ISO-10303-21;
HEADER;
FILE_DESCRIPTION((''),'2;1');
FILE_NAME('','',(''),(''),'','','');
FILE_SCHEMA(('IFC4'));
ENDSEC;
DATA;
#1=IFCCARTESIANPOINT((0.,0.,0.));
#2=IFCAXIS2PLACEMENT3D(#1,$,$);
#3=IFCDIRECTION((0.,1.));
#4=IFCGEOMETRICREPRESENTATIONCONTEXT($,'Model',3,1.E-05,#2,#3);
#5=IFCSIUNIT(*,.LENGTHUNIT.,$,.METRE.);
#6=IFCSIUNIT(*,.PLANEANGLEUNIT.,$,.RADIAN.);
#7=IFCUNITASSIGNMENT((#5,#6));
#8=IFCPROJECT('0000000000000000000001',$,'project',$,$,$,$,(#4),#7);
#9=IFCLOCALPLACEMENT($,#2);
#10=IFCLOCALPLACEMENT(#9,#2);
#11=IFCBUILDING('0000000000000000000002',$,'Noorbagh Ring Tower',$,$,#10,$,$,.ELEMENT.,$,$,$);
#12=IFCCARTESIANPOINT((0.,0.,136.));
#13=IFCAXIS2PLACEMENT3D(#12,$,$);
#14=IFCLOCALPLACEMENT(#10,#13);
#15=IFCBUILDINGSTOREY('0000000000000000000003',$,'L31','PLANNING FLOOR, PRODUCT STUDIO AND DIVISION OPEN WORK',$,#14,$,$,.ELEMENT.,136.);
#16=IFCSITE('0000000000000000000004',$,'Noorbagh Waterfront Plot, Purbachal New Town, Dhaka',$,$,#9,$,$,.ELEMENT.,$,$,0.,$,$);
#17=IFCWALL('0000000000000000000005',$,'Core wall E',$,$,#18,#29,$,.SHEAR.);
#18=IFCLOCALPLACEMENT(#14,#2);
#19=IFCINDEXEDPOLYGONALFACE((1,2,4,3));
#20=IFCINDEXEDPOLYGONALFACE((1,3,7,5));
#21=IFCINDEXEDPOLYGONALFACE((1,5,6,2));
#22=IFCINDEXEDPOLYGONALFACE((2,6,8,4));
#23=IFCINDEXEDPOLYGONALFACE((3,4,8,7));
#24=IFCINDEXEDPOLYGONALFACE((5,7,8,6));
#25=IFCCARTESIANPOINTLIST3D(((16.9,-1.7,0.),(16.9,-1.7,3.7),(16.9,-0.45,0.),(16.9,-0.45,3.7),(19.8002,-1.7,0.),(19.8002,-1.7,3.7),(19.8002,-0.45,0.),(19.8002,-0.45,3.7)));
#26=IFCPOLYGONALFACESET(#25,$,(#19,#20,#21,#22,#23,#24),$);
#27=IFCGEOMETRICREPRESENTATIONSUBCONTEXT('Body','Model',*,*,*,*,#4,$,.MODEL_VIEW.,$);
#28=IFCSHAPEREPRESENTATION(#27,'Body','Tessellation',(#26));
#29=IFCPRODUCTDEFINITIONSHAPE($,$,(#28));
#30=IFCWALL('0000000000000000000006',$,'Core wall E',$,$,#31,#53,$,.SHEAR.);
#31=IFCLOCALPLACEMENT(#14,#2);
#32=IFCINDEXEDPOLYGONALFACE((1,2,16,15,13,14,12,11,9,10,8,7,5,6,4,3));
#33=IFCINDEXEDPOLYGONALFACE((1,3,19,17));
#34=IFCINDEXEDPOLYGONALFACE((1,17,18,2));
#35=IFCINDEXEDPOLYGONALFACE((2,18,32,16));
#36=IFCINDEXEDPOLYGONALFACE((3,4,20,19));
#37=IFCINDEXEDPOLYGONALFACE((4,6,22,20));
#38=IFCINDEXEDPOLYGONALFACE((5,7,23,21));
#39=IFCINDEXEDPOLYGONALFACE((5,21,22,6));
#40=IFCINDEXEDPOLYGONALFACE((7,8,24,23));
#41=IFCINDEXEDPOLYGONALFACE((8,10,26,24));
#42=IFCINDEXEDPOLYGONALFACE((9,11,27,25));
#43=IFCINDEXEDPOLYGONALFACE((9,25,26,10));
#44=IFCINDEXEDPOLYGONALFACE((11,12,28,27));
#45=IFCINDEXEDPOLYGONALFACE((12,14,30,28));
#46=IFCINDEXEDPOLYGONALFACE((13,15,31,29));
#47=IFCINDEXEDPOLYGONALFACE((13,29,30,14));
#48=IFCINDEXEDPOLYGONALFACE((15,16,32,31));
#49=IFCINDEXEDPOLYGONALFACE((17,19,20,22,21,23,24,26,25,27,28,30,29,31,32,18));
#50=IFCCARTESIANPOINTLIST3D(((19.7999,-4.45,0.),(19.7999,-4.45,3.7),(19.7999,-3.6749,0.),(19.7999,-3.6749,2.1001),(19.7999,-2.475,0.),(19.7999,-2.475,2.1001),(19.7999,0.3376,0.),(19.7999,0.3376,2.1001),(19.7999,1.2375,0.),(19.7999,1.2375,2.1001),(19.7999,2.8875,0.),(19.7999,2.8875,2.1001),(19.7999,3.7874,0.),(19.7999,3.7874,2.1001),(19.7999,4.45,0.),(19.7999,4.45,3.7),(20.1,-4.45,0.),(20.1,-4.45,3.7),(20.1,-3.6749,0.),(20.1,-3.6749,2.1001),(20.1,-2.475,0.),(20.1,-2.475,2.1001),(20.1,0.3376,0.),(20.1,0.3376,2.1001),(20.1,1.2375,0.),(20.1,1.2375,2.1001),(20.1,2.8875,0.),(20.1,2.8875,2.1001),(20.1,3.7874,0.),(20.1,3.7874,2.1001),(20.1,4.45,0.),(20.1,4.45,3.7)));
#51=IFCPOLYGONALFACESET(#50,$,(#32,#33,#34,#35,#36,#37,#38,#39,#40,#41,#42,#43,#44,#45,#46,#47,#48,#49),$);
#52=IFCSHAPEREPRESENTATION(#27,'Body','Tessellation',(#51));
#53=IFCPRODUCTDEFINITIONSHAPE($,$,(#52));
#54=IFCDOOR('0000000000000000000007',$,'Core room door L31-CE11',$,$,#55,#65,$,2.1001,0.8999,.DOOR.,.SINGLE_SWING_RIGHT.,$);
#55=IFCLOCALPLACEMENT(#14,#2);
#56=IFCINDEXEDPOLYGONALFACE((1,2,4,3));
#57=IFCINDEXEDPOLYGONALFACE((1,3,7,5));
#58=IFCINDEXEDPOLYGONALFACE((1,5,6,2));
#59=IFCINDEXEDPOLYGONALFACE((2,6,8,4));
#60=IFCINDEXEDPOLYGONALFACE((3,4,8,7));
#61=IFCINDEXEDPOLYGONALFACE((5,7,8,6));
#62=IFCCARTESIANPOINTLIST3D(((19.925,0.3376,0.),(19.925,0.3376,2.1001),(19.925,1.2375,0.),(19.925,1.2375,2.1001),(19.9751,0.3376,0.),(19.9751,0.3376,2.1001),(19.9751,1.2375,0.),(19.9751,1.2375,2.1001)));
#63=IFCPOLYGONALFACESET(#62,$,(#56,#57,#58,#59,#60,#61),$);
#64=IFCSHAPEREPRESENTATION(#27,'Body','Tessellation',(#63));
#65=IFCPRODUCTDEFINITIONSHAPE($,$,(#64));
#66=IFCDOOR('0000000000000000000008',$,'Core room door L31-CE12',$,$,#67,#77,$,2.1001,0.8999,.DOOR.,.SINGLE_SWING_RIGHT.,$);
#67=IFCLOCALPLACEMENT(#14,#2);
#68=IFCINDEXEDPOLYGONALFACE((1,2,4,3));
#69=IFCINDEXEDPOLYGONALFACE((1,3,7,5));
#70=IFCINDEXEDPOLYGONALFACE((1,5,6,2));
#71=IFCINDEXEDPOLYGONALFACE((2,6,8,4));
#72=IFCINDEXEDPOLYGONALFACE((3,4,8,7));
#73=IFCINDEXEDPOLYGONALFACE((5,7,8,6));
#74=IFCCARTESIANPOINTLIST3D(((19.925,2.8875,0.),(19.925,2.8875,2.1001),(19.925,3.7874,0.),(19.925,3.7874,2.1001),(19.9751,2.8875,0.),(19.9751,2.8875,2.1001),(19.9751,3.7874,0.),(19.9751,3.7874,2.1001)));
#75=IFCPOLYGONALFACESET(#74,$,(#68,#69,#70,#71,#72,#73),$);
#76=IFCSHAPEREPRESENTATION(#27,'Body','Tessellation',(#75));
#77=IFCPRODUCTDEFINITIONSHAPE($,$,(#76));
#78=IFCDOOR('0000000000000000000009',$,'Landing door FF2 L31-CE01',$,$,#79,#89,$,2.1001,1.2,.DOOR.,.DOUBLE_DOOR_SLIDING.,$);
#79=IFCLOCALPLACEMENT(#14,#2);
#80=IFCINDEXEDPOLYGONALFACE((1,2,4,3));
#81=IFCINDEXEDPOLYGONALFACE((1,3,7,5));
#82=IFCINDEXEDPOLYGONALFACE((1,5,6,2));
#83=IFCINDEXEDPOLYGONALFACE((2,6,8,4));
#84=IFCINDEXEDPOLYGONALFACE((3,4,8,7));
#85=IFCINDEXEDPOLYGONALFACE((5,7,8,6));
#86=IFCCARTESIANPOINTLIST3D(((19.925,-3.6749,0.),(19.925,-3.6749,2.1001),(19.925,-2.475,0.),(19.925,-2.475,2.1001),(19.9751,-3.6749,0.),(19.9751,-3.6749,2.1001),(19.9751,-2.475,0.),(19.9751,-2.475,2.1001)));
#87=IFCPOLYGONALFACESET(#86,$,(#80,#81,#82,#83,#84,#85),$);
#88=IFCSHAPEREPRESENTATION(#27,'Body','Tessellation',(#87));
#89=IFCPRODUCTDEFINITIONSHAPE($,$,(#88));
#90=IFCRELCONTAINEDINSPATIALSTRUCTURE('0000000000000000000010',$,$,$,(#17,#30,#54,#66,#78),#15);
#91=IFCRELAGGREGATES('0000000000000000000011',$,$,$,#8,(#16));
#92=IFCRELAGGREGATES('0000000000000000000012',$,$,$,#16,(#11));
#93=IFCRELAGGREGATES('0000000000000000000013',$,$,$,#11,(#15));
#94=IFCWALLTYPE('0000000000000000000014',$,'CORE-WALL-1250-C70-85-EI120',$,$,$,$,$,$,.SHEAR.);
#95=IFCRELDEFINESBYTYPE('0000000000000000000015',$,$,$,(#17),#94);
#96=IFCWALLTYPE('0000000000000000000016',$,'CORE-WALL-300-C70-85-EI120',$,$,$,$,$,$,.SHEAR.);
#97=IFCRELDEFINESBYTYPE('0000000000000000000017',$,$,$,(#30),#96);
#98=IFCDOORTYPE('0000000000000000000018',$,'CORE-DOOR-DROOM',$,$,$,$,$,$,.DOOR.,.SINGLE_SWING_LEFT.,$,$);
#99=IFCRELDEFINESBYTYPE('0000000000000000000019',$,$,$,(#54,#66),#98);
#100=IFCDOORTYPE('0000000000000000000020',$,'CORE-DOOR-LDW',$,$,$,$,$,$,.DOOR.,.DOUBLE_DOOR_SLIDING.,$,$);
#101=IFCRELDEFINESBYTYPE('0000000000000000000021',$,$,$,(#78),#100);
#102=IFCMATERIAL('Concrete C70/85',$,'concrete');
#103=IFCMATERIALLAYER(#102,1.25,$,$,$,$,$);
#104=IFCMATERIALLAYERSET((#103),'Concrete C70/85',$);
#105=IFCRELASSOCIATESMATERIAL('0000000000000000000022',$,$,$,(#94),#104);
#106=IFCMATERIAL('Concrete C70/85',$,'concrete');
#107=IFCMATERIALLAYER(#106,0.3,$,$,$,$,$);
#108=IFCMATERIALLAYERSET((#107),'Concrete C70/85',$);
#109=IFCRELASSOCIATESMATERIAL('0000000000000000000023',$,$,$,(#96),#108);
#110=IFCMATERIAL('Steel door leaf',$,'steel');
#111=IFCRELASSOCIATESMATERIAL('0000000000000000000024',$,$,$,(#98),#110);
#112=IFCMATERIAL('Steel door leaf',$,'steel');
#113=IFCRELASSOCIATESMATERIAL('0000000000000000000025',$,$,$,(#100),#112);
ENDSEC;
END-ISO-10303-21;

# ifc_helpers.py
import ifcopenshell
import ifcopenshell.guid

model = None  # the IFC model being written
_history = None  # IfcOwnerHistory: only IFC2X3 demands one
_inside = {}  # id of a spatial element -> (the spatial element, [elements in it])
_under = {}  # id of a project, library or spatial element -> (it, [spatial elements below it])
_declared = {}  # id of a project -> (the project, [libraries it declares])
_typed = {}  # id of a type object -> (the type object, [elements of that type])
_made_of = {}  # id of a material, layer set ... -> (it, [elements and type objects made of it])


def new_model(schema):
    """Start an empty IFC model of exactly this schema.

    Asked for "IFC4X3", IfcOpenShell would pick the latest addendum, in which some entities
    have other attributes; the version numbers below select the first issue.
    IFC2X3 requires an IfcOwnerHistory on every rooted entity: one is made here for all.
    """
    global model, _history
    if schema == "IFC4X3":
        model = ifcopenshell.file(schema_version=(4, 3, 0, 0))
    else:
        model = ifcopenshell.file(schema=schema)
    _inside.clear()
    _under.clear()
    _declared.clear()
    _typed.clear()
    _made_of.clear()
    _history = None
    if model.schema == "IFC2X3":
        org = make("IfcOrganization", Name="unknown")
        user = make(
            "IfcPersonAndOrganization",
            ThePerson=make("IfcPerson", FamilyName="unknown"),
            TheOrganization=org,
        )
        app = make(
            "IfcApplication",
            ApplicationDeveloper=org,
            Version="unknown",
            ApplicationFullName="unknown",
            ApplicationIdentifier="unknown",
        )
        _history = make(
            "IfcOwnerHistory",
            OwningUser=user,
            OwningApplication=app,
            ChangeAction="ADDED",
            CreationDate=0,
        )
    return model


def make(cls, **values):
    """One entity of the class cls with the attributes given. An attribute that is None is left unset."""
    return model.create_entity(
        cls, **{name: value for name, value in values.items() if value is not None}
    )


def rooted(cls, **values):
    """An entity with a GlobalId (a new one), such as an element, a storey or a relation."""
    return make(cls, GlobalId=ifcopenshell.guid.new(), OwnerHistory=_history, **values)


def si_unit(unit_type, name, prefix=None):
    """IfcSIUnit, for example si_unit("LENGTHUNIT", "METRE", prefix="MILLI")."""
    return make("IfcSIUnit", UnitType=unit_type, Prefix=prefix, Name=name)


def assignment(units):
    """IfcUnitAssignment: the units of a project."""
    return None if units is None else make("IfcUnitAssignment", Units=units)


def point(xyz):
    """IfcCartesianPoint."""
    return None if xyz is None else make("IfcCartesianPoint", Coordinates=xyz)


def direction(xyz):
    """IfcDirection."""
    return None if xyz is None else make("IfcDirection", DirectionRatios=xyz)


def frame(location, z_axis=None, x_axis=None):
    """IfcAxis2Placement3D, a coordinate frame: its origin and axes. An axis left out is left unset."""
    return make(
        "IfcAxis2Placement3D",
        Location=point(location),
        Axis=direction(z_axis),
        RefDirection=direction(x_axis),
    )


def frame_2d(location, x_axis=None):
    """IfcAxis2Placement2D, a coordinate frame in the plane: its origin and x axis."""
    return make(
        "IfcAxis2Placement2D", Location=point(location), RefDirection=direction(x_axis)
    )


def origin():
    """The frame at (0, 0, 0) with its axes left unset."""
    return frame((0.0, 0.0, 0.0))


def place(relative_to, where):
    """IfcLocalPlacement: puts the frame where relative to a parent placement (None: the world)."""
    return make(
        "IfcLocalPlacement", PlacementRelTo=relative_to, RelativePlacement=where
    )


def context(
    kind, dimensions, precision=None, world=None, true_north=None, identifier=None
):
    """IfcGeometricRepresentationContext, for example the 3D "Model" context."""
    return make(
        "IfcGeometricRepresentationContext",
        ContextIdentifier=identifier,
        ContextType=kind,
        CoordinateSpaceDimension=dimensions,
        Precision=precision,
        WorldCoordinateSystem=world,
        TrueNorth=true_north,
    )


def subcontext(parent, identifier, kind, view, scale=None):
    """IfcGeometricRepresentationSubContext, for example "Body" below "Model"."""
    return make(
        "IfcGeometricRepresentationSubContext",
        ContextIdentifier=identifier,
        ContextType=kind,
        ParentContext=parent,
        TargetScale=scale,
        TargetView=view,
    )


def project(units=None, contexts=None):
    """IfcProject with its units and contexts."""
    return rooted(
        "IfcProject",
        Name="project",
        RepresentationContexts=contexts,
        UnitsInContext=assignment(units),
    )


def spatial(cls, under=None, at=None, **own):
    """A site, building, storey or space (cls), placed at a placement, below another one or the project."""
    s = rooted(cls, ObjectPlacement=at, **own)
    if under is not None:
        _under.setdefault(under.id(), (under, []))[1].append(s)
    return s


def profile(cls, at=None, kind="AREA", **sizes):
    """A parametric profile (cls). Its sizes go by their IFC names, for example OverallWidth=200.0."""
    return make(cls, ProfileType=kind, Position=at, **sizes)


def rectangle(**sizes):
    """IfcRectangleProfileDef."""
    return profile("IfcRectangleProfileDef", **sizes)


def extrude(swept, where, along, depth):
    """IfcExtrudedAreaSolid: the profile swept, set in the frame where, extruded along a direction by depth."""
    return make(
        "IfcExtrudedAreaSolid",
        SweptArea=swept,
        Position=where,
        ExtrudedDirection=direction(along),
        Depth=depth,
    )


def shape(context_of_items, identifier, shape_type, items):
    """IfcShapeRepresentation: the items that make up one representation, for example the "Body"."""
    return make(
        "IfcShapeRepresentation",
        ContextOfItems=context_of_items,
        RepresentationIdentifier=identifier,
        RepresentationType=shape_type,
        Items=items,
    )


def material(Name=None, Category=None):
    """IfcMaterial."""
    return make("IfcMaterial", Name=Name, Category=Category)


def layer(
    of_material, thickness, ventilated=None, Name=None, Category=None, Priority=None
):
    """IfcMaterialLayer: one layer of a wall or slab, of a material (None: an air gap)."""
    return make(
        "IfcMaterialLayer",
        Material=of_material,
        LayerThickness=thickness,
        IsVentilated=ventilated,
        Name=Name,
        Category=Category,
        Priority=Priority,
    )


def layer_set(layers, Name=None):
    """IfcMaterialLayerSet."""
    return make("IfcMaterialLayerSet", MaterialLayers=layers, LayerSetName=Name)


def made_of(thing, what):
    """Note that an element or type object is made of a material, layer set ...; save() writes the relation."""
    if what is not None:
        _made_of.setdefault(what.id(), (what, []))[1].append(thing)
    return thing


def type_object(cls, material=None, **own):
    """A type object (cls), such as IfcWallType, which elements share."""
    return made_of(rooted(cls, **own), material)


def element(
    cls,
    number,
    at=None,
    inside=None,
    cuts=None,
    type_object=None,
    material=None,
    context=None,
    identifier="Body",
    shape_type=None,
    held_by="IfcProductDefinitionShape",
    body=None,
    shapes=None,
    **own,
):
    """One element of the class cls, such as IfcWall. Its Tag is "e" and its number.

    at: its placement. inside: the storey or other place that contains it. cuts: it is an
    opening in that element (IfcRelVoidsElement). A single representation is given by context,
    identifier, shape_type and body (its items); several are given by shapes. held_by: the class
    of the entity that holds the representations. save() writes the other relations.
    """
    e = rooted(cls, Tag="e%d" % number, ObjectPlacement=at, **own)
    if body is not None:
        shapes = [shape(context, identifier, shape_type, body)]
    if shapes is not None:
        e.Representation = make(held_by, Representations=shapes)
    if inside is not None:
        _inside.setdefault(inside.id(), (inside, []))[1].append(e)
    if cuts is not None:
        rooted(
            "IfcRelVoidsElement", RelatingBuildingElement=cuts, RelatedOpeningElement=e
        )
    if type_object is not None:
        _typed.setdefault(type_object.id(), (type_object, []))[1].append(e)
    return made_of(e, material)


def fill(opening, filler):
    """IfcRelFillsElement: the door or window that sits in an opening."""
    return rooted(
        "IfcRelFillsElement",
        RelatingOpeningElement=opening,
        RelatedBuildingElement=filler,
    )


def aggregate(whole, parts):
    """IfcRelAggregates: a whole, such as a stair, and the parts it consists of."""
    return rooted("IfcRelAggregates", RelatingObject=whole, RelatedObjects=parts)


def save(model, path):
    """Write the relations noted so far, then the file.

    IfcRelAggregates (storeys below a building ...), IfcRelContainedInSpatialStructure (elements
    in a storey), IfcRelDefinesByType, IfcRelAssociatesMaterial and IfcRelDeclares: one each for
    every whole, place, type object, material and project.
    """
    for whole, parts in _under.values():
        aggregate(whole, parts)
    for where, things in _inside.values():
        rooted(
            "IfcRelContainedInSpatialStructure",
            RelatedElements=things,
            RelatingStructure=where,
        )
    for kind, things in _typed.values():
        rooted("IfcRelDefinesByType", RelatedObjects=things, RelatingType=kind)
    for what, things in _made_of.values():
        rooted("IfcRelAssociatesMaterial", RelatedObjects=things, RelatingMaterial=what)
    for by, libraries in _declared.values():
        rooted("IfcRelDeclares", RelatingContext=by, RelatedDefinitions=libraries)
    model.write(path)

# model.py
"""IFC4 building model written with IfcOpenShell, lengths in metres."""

from ifc_helpers import new_model, si_unit, direction, frame, frame_2d, origin, place, context, subcontext, project, spatial, rectangle, extrude, material, layer, layer_set, type_object, element, fill, save


model = new_model("IFC4")

# Units and contexts
model_context = context("Model", 3, precision=1e-05, world=origin(), true_north=direction((0.0, 1.0)))
body_context = subcontext(model_context, "Body", "Model", "MODEL_VIEW")
ifc_project = project(units=[si_unit("LENGTHUNIT", "METRE"), si_unit("PLANEANGLEUNIT", "RADIAN")], contexts=[model_context])

# Site, building, storey
site_placement = place(None, origin())
site = spatial("IfcSite", under=ifc_project, at=site_placement, Name="Noorbagh Waterfront Plot, Purbachal New Town, Dhaka", CompositionType="ELEMENT", RefElevation=0.0)
building_placement = place(site_placement, origin())
building = spatial("IfcBuilding", under=site, at=building_placement, Name="Noorbagh Ring Tower", CompositionType="ELEMENT")
storey_placement = place(building_placement, frame((0.0, 0.0, 136.0)))
storey = spatial("IfcBuildingStorey", under=building, at=storey_placement, Name="L31", Description="PLANNING FLOOR, PRODUCT STUDIO AND DIVISION OPEN WORK", CompositionType="ELEMENT", Elevation=136.0)

# Wall
ifc_material_1 = material(Name="Concrete C70/85", Category="concrete")
ifc_layer_1 = layer(ifc_material_1, 1.25)
ifc_layer_set_1 = layer_set([ifc_layer_1], Name="Concrete C70/85")
wall_type_1 = type_object("IfcWallType", Name="CORE-WALL-1250-C70-85-EI120", PredefinedType="SHEAR", material=ifc_layer_set_1)
wall_1_placement = place(storey_placement, frame((16.8999, -1.075, 0.0), z_axis=(0.0, 0.0, 1.0), x_axis=(1.0, 0.0, 0.0)))
element("IfcWall", 1, at=wall_1_placement, inside=storey, type_object=wall_type_1, Name="Core wall E", PredefinedType="SHEAR", context=body_context, shape_type="SweptSolid", body=[
    extrude(rectangle(XDim=2.9001, YDim=1.25, at=frame_2d((1.4502, 0.0))), origin(), (0.0, 0.0, 1.0), 3.7),
])

# Wall, openings, doors
ifc_material_2 = material(Name="Concrete C70/85", Category="concrete")
ifc_layer_2 = layer(ifc_material_2, 0.3)
ifc_layer_set_2 = layer_set([ifc_layer_2], Name="Concrete C70/85")
wall_type_2 = type_object("IfcWallType", Name="CORE-WALL-300-C70-85-EI120", PredefinedType="SHEAR", material=ifc_layer_set_2)
wall_2_placement = place(storey_placement, frame((19.95, -4.45, 0.0), z_axis=(0.0, 0.0, 1.0), x_axis=(0.0, 1.0, 0.0)))
wall_2 = element("IfcWall", 2, at=wall_2_placement, inside=storey, type_object=wall_type_2, Name="Core wall E", PredefinedType="SHEAR", context=body_context, shape_type="SweptSolid", body=[
    extrude(rectangle(XDim=8.8999, YDim=0.3, at=frame_2d((4.45, 0.0))), origin(), (0.0, 0.0, 1.0), 3.7),
])
opening_1_placement = place(wall_2_placement, frame((0.7749, 0.0, 0.0)))
opening_1 = element("IfcOpeningElement", 3, at=opening_1_placement, cuts=wall_2, PredefinedType="OPENING", context=body_context, shape_type="SweptSolid", body=[
    extrude(rectangle(XDim=1.2, YDim=2.1001, at=frame_2d((0.6001, 1.05))), frame((0.0, 0.1602, 0.0), z_axis=(0.0, -1.0, 0.0), x_axis=(1.0, 0.0, 0.0)), (0.0, 0.0, 1.0), 0.3201),
])
opening_2_placement = place(wall_2_placement, frame((4.7876, 0.0, 0.0)))
opening_2 = element("IfcOpeningElement", 4, at=opening_2_placement, cuts=wall_2, PredefinedType="OPENING", context=body_context, shape_type="SweptSolid", body=[
    extrude(rectangle(XDim=0.8999, YDim=2.1001, at=frame_2d((0.45, 1.05))), frame((0.0, 0.1602, 0.0), z_axis=(0.0, -1.0, 0.0), x_axis=(1.0, 0.0, 0.0)), (0.0, 0.0, 1.0), 0.3201),
])
opening_3_placement = place(wall_2_placement, frame((7.3374, 0.0, 0.0)))
opening_3 = element("IfcOpeningElement", 5, at=opening_3_placement, cuts=wall_2, PredefinedType="OPENING", context=body_context, shape_type="SweptSolid", body=[
    extrude(rectangle(XDim=0.8999, YDim=2.1001, at=frame_2d((0.45, 1.05))), frame((0.0, 0.1602, 0.0), z_axis=(0.0, -1.0, 0.0), x_axis=(1.0, 0.0, 0.0)), (0.0, 0.0, 1.0), 0.3201),
])
ifc_material_3 = material(Name="Steel door leaf", Category="steel")
door_type_1 = type_object("IfcDoorType", Name="CORE-DOOR-DROOM", OperationType="SINGLE_SWING_LEFT", PredefinedType="DOOR", material=ifc_material_3)
door_1_placement = place(opening_2_placement, origin())
door_1 = element("IfcDoor", 6, at=door_1_placement, inside=storey, type_object=door_type_1, Name="Core room door L31-CE11", OperationType="SINGLE_SWING_RIGHT", OverallHeight=2.1001, OverallWidth=0.8999, PredefinedType="DOOR", context=body_context, shape_type="SweptSolid", body=[
    extrude(rectangle(XDim=0.8999, YDim=2.1001, at=frame_2d((0.45, 1.05))), frame((0.0, 0.0249, 0.0), z_axis=(0.0, -1.0, 0.0), x_axis=(1.0, 0.0, 0.0)), (0.0, 0.0, 1.0), 0.05),
])
fill(opening_2, door_1)
door_2_placement = place(opening_3_placement, origin())
door_2 = element("IfcDoor", 7, at=door_2_placement, inside=storey, type_object=door_type_1, Name="Core room door L31-CE12", OperationType="SINGLE_SWING_RIGHT", OverallHeight=2.1001, OverallWidth=0.8999, PredefinedType="DOOR", context=body_context, shape_type="SweptSolid", body=[
    extrude(rectangle(XDim=0.8999, YDim=2.1001, at=frame_2d((0.45, 1.05))), frame((0.0, 0.0249, 0.0), z_axis=(0.0, -1.0, 0.0), x_axis=(1.0, 0.0, 0.0)), (0.0, 0.0, 1.0), 0.05),
])
fill(opening_3, door_2)
ifc_material_4 = material(Name="Steel door leaf", Category="steel")
door_type_2 = type_object("IfcDoorType", Name="CORE-DOOR-LDW", OperationType="DOUBLE_DOOR_SLIDING", PredefinedType="DOOR", material=ifc_material_4)
door_3_placement = place(opening_1_placement, origin())
door_3 = element("IfcDoor", 8, at=door_3_placement, inside=storey, type_object=door_type_2, Name="Landing door FF2 L31-CE01", OperationType="DOUBLE_DOOR_SLIDING", OverallHeight=2.1001, OverallWidth=1.2, PredefinedType="DOOR", context=body_context, shape_type="SweptSolid", body=[
    extrude(rectangle(XDim=1.2, YDim=2.1001, at=frame_2d((0.6001, 1.05))), frame((0.0, 0.0249, 0.0), z_axis=(0.0, -1.0, 0.0), x_axis=(1.0, 0.0, 0.0)), (0.0, 0.0, 1.0), 0.05),
])
fill(opening_1, door_3)

save(model, "model.ifc")
